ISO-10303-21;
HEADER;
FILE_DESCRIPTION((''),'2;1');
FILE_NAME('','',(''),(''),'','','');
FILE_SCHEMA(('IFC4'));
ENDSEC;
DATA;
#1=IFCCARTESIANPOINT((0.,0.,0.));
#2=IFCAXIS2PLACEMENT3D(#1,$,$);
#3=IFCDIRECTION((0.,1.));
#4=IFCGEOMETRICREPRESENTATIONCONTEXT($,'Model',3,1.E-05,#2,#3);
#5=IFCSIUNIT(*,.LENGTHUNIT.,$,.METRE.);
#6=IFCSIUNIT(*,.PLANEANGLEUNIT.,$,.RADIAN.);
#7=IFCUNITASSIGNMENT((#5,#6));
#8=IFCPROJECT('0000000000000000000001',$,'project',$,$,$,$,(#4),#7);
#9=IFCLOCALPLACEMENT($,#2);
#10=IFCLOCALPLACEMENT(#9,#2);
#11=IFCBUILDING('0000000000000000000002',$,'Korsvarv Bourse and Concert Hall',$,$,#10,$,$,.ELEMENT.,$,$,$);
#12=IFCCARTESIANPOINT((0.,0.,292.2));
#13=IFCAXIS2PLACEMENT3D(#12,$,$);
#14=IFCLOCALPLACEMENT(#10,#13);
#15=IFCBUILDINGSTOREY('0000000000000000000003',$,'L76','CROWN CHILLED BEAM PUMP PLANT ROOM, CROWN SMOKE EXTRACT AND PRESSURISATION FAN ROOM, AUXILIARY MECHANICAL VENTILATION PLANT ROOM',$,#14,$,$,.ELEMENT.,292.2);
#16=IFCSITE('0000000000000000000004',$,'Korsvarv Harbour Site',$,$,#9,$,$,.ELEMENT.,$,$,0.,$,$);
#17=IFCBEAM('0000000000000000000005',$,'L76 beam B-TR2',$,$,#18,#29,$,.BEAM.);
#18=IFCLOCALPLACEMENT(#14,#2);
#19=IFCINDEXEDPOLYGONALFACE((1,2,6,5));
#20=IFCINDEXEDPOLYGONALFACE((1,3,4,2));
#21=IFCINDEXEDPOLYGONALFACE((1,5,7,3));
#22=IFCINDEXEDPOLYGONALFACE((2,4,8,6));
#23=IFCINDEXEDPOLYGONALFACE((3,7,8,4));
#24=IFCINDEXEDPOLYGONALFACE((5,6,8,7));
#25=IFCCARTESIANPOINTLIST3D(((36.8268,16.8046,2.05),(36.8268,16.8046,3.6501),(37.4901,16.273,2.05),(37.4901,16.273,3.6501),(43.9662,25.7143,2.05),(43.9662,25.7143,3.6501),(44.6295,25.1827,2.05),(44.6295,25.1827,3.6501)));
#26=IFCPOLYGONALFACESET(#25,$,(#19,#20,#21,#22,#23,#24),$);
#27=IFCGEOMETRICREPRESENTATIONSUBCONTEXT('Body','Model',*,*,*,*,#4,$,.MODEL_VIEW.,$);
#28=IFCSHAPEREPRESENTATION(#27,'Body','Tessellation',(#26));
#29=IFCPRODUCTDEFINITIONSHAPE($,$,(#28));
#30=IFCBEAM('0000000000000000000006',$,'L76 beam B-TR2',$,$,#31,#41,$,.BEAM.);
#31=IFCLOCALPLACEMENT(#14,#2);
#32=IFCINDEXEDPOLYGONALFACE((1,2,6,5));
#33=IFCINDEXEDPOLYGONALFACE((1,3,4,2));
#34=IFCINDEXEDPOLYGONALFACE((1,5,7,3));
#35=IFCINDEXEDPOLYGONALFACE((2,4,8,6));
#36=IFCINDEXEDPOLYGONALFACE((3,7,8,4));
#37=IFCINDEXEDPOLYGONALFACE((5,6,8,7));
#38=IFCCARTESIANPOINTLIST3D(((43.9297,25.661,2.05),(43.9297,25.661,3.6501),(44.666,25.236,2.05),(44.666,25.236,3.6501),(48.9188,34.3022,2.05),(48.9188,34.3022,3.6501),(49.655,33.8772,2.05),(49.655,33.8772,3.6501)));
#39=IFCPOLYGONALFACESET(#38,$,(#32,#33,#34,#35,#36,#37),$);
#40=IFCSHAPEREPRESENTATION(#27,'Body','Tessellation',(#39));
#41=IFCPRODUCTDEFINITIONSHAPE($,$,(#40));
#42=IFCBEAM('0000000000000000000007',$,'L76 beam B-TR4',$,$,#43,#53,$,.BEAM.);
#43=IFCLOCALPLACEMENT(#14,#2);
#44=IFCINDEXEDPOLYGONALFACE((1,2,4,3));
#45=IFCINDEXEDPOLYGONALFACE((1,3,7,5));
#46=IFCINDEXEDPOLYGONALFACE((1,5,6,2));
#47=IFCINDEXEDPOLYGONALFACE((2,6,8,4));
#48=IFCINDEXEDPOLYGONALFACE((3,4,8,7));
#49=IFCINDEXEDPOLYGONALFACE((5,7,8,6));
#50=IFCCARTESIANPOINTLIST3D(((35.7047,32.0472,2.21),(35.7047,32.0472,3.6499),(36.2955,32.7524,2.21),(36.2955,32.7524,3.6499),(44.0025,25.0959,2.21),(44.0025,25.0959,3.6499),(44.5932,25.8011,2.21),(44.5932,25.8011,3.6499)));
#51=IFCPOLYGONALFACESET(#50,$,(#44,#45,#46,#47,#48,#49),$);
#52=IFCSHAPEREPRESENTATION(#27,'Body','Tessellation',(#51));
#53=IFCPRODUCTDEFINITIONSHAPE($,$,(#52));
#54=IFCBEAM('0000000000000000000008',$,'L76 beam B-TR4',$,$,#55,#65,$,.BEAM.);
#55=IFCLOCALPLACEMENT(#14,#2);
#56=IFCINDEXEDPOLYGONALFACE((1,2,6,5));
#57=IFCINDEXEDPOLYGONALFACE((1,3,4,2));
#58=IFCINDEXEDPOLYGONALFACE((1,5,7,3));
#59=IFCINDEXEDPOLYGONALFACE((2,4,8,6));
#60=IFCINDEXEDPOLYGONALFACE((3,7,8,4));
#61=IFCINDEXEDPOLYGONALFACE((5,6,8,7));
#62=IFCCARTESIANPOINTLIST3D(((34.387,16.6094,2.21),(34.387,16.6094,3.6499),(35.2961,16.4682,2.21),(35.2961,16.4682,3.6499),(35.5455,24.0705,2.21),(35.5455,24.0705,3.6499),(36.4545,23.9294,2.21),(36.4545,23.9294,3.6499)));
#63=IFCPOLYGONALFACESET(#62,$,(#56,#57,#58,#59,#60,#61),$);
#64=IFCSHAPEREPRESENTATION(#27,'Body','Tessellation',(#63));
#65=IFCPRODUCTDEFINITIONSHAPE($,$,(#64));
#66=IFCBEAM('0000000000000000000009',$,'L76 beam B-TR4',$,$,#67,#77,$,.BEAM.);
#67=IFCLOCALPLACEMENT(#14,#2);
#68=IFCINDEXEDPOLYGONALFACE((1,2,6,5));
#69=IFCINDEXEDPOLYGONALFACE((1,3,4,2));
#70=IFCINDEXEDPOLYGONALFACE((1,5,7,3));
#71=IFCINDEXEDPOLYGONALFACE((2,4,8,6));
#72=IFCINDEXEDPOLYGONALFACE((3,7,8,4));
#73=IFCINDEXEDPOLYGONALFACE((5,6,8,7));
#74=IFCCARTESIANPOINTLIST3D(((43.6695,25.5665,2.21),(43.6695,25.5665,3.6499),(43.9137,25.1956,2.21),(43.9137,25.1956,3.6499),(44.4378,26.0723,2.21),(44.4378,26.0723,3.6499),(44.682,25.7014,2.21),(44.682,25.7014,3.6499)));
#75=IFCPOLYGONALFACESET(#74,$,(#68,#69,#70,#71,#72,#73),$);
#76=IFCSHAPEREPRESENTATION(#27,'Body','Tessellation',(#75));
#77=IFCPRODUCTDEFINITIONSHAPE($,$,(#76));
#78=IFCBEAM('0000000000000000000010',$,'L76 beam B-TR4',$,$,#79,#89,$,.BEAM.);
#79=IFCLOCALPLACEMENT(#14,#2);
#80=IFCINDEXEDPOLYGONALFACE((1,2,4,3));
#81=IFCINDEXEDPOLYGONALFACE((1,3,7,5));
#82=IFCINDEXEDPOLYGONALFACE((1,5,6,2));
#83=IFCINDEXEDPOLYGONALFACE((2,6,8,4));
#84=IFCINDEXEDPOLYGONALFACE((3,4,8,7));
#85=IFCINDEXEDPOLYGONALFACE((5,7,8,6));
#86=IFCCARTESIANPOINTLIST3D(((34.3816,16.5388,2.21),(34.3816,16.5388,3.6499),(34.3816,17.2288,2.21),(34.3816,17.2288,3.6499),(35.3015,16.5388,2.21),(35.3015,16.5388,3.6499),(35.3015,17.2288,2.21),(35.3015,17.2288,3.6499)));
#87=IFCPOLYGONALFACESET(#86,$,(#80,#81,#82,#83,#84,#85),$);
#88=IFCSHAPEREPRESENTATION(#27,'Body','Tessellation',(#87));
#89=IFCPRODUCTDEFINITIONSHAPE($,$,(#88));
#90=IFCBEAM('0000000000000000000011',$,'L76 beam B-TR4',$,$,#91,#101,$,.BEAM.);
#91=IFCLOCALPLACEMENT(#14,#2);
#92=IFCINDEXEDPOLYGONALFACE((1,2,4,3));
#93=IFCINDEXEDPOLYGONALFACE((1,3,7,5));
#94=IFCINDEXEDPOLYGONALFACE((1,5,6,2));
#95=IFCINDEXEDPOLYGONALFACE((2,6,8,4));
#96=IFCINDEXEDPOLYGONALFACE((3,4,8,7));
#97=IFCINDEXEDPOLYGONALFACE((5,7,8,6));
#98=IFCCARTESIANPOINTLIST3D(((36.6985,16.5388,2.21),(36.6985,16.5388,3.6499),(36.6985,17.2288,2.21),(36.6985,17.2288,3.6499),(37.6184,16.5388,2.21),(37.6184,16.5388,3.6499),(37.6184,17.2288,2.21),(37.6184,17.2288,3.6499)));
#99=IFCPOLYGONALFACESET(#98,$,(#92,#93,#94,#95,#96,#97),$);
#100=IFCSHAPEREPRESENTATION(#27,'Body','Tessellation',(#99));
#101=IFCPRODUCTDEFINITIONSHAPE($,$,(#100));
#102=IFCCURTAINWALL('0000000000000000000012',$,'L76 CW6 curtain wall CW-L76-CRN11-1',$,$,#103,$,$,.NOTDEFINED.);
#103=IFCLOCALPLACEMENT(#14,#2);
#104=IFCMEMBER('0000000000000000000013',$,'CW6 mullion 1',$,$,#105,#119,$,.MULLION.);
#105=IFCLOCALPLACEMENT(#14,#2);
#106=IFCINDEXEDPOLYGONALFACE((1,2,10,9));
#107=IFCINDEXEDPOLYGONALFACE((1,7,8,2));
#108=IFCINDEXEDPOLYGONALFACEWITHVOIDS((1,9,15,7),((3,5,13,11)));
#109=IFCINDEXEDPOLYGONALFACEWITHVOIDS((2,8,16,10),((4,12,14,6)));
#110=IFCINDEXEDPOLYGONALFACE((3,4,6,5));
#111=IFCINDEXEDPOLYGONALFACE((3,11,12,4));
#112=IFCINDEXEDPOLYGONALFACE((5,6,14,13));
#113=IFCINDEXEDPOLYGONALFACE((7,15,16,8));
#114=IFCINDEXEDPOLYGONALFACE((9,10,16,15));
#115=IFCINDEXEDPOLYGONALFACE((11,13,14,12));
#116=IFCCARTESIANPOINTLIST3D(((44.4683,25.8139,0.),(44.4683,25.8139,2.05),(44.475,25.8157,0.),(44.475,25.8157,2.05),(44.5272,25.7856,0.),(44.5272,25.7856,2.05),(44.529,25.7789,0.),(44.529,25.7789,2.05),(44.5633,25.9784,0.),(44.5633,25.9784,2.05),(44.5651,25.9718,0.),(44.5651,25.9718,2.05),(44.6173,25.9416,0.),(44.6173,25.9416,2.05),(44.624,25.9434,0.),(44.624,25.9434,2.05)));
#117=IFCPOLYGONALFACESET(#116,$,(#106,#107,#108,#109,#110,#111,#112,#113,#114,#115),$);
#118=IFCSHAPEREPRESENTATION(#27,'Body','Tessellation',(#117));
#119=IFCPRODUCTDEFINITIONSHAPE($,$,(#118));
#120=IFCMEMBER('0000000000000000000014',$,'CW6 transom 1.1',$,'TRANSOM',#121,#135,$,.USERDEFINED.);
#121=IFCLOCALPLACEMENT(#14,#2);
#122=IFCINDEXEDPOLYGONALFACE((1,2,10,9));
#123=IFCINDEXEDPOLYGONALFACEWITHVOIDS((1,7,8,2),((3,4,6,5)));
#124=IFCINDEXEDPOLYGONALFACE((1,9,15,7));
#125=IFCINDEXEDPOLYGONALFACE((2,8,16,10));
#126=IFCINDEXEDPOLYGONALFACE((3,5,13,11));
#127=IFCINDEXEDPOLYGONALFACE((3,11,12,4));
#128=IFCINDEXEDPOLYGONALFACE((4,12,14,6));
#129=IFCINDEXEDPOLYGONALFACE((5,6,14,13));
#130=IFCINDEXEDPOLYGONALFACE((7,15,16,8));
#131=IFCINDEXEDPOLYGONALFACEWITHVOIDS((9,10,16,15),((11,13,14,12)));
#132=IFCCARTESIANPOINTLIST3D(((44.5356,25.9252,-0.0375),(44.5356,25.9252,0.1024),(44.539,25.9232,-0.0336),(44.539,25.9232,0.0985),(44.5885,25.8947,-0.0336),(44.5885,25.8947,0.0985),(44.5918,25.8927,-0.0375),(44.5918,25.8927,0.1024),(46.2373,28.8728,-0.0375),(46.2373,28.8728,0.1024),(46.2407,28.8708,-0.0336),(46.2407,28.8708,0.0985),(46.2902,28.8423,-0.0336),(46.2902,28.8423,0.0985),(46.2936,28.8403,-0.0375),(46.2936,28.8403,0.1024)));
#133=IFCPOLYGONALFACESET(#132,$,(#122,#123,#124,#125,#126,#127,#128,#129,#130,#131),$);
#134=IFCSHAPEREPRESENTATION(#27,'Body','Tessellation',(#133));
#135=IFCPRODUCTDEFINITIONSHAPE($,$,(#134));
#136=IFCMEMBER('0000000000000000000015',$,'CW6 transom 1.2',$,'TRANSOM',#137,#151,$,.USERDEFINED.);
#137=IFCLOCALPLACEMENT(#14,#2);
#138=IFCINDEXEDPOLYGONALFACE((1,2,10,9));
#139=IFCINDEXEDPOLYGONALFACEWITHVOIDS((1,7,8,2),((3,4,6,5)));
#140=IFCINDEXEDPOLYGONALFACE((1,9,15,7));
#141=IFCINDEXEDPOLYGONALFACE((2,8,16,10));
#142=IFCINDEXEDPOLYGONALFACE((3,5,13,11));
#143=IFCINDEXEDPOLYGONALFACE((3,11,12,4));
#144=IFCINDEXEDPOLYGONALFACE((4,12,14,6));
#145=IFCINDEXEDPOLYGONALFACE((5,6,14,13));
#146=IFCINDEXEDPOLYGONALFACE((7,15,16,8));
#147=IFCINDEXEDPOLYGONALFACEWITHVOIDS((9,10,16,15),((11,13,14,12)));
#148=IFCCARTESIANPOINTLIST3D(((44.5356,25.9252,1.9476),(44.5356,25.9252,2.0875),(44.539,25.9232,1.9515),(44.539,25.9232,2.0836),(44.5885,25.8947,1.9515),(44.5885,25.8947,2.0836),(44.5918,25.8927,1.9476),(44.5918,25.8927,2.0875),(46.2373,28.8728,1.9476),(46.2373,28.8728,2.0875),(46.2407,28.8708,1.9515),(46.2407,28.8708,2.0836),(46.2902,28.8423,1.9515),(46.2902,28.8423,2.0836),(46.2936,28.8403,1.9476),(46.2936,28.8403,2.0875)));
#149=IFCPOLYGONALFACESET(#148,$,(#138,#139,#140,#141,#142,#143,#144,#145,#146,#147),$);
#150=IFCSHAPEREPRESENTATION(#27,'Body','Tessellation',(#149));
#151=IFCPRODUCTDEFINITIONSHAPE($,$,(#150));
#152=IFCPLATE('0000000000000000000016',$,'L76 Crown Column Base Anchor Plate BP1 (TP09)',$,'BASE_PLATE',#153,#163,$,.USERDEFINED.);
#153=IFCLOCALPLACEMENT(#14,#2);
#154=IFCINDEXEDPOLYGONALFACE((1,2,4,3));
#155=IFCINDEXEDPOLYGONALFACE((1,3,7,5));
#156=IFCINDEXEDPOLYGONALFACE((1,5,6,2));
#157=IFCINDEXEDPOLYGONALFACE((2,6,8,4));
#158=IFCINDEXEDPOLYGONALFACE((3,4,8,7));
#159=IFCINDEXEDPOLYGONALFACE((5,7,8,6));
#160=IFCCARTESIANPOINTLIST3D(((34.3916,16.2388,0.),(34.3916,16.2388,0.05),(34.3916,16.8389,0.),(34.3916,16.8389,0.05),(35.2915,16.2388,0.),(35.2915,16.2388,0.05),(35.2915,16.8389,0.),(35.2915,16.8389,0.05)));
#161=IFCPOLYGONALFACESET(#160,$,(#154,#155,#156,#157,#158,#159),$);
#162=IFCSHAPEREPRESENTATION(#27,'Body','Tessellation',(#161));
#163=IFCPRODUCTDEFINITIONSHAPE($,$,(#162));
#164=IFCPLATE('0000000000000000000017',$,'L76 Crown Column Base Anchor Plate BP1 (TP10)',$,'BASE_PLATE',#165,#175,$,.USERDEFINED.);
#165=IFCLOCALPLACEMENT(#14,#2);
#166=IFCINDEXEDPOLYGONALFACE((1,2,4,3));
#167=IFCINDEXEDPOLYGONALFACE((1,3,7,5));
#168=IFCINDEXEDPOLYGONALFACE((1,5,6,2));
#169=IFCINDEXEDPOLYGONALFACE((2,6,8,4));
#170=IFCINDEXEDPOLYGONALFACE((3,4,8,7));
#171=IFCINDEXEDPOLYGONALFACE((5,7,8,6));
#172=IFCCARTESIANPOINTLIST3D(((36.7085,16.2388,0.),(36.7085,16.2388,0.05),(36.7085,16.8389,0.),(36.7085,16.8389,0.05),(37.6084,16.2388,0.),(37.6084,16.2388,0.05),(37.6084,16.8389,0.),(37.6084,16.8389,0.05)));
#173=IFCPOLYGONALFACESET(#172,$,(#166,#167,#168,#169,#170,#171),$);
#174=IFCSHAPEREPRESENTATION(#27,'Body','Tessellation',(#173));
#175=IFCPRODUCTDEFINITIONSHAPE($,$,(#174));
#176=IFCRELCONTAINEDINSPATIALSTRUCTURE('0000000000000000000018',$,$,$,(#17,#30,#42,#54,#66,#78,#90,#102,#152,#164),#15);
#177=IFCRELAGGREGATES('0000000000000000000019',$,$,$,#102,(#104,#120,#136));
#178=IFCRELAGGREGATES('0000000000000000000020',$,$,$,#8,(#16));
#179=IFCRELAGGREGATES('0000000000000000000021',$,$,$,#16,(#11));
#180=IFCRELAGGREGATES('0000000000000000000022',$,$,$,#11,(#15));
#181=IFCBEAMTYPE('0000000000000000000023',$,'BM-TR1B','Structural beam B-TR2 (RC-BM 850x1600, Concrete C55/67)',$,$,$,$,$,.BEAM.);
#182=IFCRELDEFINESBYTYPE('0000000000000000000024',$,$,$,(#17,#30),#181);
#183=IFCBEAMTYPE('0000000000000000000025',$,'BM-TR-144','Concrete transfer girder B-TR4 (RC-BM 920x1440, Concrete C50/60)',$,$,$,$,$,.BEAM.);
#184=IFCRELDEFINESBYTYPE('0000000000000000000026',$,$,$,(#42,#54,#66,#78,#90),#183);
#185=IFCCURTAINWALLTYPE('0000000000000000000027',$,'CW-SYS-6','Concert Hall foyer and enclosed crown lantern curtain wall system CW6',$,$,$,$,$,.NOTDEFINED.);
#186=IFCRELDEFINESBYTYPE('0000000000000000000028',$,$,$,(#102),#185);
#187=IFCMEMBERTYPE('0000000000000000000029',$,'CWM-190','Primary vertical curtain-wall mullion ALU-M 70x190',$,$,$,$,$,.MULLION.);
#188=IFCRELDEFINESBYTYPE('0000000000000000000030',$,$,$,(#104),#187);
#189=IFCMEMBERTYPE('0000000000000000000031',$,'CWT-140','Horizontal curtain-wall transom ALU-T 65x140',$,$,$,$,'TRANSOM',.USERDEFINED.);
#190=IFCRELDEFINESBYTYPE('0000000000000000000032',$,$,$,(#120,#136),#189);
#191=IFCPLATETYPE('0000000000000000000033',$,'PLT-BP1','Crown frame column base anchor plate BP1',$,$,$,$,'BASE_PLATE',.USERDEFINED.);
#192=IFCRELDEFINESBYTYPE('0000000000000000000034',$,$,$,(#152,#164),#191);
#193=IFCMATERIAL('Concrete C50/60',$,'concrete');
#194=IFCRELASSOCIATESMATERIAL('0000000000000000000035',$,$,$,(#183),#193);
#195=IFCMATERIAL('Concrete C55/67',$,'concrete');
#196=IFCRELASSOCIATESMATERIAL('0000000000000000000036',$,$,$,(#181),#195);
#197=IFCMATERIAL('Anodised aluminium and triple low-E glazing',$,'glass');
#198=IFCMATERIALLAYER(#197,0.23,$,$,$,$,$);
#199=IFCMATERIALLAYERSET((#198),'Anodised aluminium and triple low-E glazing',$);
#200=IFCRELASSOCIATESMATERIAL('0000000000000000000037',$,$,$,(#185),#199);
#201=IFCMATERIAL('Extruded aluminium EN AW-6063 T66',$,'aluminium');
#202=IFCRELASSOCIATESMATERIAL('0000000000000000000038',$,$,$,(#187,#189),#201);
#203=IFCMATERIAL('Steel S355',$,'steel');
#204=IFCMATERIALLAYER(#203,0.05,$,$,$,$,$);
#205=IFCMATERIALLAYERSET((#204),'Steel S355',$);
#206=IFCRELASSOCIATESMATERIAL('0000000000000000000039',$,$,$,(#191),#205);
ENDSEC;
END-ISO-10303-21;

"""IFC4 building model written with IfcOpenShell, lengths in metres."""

from ifc_helpers import new_model, si_unit, direction, frame, origin, origin_2d, place, context, subcontext, project, spatial, rectangle, hollow_rectangle, extrude, source, transform, mapped, material, layer, layer_set, material_profile, profile_set, type_object, element, aggregate, save


model = new_model("IFC4")

# Units and contexts
model_context = context("Model", 3, precision=1e-05, world=origin(), true_north=direction((0.0, 1.0)))
body_context = subcontext(model_context, "Body", "Model", "MODEL_VIEW")
ifc_project = project(units=[si_unit("LENGTHUNIT", "METRE"), si_unit("PLANEANGLEUNIT", "RADIAN")], contexts=[model_context])

# Site, building, storey
site_placement = place(None, origin())
site = spatial("IfcSite", under=ifc_project, at=site_placement, Name="Korsvarv Harbour Site", CompositionType="ELEMENT", RefElevation=0.0)
building_placement = place(site_placement, origin())
building = spatial("IfcBuilding", under=site, at=building_placement, Name="Korsvarv Bourse and Concert Hall", CompositionType="ELEMENT")
storey_placement = place(building_placement, frame((0.0, 0.0, 292.2)))
storey = spatial("IfcBuildingStorey", under=building, at=storey_placement, Name="L76", Description="CROWN CHILLED BEAM PUMP PLANT ROOM, CROWN SMOKE EXTRACT AND PRESSURISATION FAN ROOM, AUXILIARY MECHANICAL VENTILATION PLANT ROOM", CompositionType="ELEMENT", Elevation=292.2)

# Shared definitions
ifc_material_1 = material(Name="Steel S355", Category="steel")
ifc_material_2 = material(Name="Concrete C50/60", Category="concrete")

# Beams
ifc_material_profile_1 = material_profile(ifc_material_2, rectangle(XDim=0.9199, YDim=1.4399, at=origin_2d()), Name="RC-BM 920x1440")
ifc_profile_set_1 = profile_set([ifc_material_profile_1], Name="Concrete C50/60")
beam_type_1 = type_object("IfcBeamType", Name="BM-TR-144", Description="Concrete transfer girder B-TR4 (RC-BM 920x1440, Concrete C50/60)", PredefinedType="BEAM", material=ifc_profile_set_1)
ifc_material_3 = material(Name="Concrete C55/67", Category="concrete")
ifc_material_profile_2 = material_profile(ifc_material_3, rectangle(XDim=0.8501, YDim=1.6001, at=origin_2d()), Name="RC-BM 850x1600")
ifc_profile_set_2 = profile_set([ifc_material_profile_2], Name="Concrete C55/67")
beam_type_2 = type_object("IfcBeamType", Name="BM-TR1B", Description="Structural beam B-TR2 (RC-BM 850x1600, Concrete C55/67)", PredefinedType="BEAM", material=ifc_profile_set_2)
shared_shape_1 = source(origin(), body_context, "Body", "SweptSolid", [
    extrude(rectangle(XDim=0.8501, YDim=1.6001, at=origin_2d()), origin(), (0.0, 0.0, 1.0), 11.4172),
])
beam_1_placement = place(storey_placement, frame((37.1584, 16.5388, 2.8501), z_axis=(0.625318, 0.78037, 0.0), x_axis=(-0.78037, 0.625318, 0.0)))
element("IfcBeam", 1, at=beam_1_placement, inside=storey, type_object=beam_type_2, Name="L76 beam B-TR2", PredefinedType="BEAM", context=body_context, shape_type="MappedRepresentation", body=[
    mapped(shared_shape_1, transform((0.0, 0.0, 0.0), scale=1.0)),
])
shared_shape_2 = source(origin(), body_context, "Body", "SweptSolid", [
    extrude(rectangle(XDim=0.8501, YDim=1.6001, at=origin_2d()), origin(), (0.0, 0.0, 1.0), 9.978),
])
beam_2_placement = place(storey_placement, frame((44.2979, 25.4485, 2.8501), z_axis=(0.500005, 0.866023, 0.0), x_axis=(-0.866023, 0.500005, 0.0)))
element("IfcBeam", 2, at=beam_2_placement, inside=storey, type_object=beam_type_2, Name="L76 beam B-TR2", PredefinedType="BEAM", context=body_context, shape_type="MappedRepresentation", body=[
    mapped(shared_shape_2, transform((0.0, 0.0, 0.0), scale=1.0)),
])
shared_shape_3 = source(origin(), body_context, "Body", "SweptSolid", [
    extrude(rectangle(XDim=0.9199, YDim=1.4399, at=origin_2d()), origin(), (0.0, 0.0, 1.0), 10.8247),
])
beam_3_placement = place(storey_placement, frame((44.2979, 25.4485, 2.9299), z_axis=(-0.766559, 0.642174, 0.0), x_axis=(-0.642174, -0.766559, 0.0)))
element("IfcBeam", 3, at=beam_3_placement, inside=storey, type_object=beam_type_1, Name="L76 beam B-TR4", PredefinedType="BEAM", context=body_context, shape_type="MappedRepresentation", body=[
    mapped(shared_shape_3, transform((0.0, 0.0, 0.0), scale=1.0)),
])
shared_shape_4 = source(origin(), body_context, "Body", "SweptSolid", [
    extrude(rectangle(XDim=0.9199, YDim=1.4399, at=origin_2d()), origin(), (0.0, 0.0, 1.0), 7.5505),
])
beam_4_placement = place(storey_placement, frame((34.8416, 16.5388, 2.9299), z_axis=(0.153425, 0.98816, 0.0), x_axis=(-0.98816, 0.153425, 0.0)))
element("IfcBeam", 4, at=beam_4_placement, inside=storey, type_object=beam_type_1, Name="L76 beam B-TR4", PredefinedType="BEAM", context=body_context, shape_type="MappedRepresentation", body=[
    mapped(shared_shape_4, transform((0.0, 0.0, 0.0), scale=1.0)),
])
shared_shape_5 = source(origin(), body_context, "Body", "SweptSolid", [
    extrude(rectangle(XDim=0.9199, YDim=1.4399, at=origin_2d()), origin(), (0.0, 0.0, 1.0), 0.4441),
])
beam_5_placement = place(storey_placement, frame((44.2979, 25.4485, 2.9299), z_axis=(-0.549869, 0.835251, 0.0), x_axis=(-0.835251, -0.549869, 0.0)))
element("IfcBeam", 5, at=beam_5_placement, inside=storey, type_object=beam_type_1, Name="L76 beam B-TR4", PredefinedType="BEAM", context=body_context, shape_type="MappedRepresentation", body=[
    mapped(shared_shape_5, transform((0.0, 0.0, 0.0), scale=1.0)),
])
shared_shape_6 = source(origin(), body_context, "Body", "SweptSolid", [
    extrude(rectangle(XDim=0.9199, YDim=1.4399, at=origin_2d()), origin(), (0.0, 0.0, 1.0), 0.6899),
])
for number, where, z_axis, x_axis, name in (
    (6, (34.8416, 16.5388, 2.9299), (0.0, 1.0, 0.0), (-1.0, 0.0, 0.0), "L76 beam B-TR4"),
    (7, (37.1584, 16.5388, 2.9299), (0.0, 1.0, 0.0), (-1.0, 0.0, 0.0), "L76 beam B-TR4"),
):
    element("IfcBeam", number, at=place(storey_placement, frame(where, z_axis=z_axis, x_axis=x_axis)), inside=storey, type_object=beam_type_1, Name=name, PredefinedType="BEAM", context=body_context, shape_type="MappedRepresentation", body=[
        mapped(shared_shape_6, transform((0.0, 0.0, 0.0), scale=1.0)),
    ])

# Curtain wall, members
ifc_material_4 = material(Name="Anodised aluminium and triple low-E glazing", Category="glass")
ifc_layer_1 = layer(ifc_material_4, 0.23)
ifc_layer_set_1 = layer_set([ifc_layer_1], Name="Anodised aluminium and triple low-E glazing")
curtain_wall_type = type_object("IfcCurtainWallType", Name="CW-SYS-6", Description="Concert Hall foyer and enclosed crown lantern curtain wall system CW6", PredefinedType="NOTDEFINED", material=ifc_layer_set_1)
curtain_wall_placement = place(storey_placement, origin())
curtain_wall = element("IfcCurtainWall", 8, at=curtain_wall_placement, inside=storey, type_object=curtain_wall_type, Name="L76 CW6 curtain wall CW-L76-CRN11-1", PredefinedType="NOTDEFINED")
ifc_material_5 = material(Name="Extruded aluminium EN AW-6063 T66", Category="aluminium")
ifc_material_profile_3 = material_profile(ifc_material_5, hollow_rectangle(XDim=0.0701, YDim=0.1899, WallThickness=0.0049, at=origin_2d()), Name="ALU-M 70x190")
ifc_profile_set_3 = profile_set([ifc_material_profile_3], Name="Extruded aluminium EN AW-6063 T66")
member_type_1 = type_object("IfcMemberType", Name="CWM-190", Description="Primary vertical curtain-wall mullion ALU-M 70x190", PredefinedType="MULLION", material=ifc_profile_set_3)
shared_shape_7 = source(origin(), body_context, "Body", "SweptSolid", [
    extrude(hollow_rectangle(XDim=0.0701, YDim=0.1899, WallThickness=0.0049, at=origin_2d()), origin(), (0.0, 0.0, 1.0), 2.05),
])
member_1_placement = place(storey_placement, frame((44.5461, 25.8787, 0.0), z_axis=(0.0, 0.0, 1.0), x_axis=(-0.866027, 0.499997, 0.0)))
member_1 = element("IfcMember", 9, at=member_1_placement, type_object=member_type_1, Name="CW6 mullion 1", PredefinedType="MULLION", context=body_context, shape_type="MappedRepresentation", body=[
    mapped(shared_shape_7, transform((0.0, 0.0, 0.0), scale=1.0)),
])
ifc_material_profile_4 = material_profile(ifc_material_5, hollow_rectangle(XDim=0.0649, YDim=0.1399, WallThickness=0.0039, at=origin_2d()), Name="ALU-T 65x140")
ifc_profile_set_4 = profile_set([ifc_material_profile_4], Name="Extruded aluminium EN AW-6063 T66")
member_type_2 = type_object("IfcMemberType", Name="CWT-140", Description="Horizontal curtain-wall transom ALU-T 65x140", ElementType="TRANSOM", PredefinedType="USERDEFINED", material=ifc_profile_set_4)
shared_shape_8 = source(origin(), body_context, "Body", "SweptSolid", [
    extrude(hollow_rectangle(XDim=0.0649, YDim=0.1399, WallThickness=0.0039, at=origin_2d()), origin(), (0.0, 0.0, 1.0), 3.4036),
])
member_2_placement = place(storey_placement, frame((44.5637, 25.9089, 0.0325), z_axis=(0.499981, 0.866036, 0.0), x_axis=(-0.866036, 0.499981, 0.0)))
member_2 = element("IfcMember", 10, at=member_2_placement, type_object=member_type_2, Name="CW6 transom 1.1", ObjectType="TRANSOM", PredefinedType="USERDEFINED", context=body_context, shape_type="MappedRepresentation", body=[
    mapped(shared_shape_8, transform((0.0, 0.0, 0.0), scale=1.0)),
])
member_3_placement = place(storey_placement, frame((44.5637, 25.9089, 2.0176), z_axis=(0.499981, 0.866036, 0.0), x_axis=(-0.866036, 0.499981, 0.0)))
member_3 = element("IfcMember", 11, at=member_3_placement, type_object=member_type_2, Name="CW6 transom 1.2", ObjectType="TRANSOM", PredefinedType="USERDEFINED", context=body_context, shape_type="MappedRepresentation", body=[
    mapped(shared_shape_8, transform((0.0, 0.0, 0.0), scale=1.0)),
])
aggregate(curtain_wall, [member_1, member_2, member_3])

# Plates
ifc_layer_2 = layer(ifc_material_1, 0.05)
ifc_layer_set_2 = layer_set([ifc_layer_2], Name="Steel S355")
plate_type = type_object("IfcPlateType", Name="PLT-BP1", Description="Crown frame column base anchor plate BP1", ElementType="BASE_PLATE", PredefinedType="USERDEFINED", material=ifc_layer_set_2)
shared_shape_9 = source(origin(), body_context, "Body", "SweptSolid", [
    extrude(rectangle(XDim=0.8999, YDim=0.6001, at=origin_2d()), origin(), (0.0, 0.0, 1.0), 0.05),
])
for number, where, z_axis, x_axis, name in (
    (12, (34.8416, 16.5388, 0.0), (0.0, 0.0, 1.0), (1.0, 0.0, 0.0), "L76 Crown Column Base Anchor Plate BP1 (TP09)"),
    (13, (37.1584, 16.5388, 0.0), (0.0, 0.0, 1.0), (1.0, 0.0, 0.0), "L76 Crown Column Base Anchor Plate BP1 (TP10)"),
):
    element("IfcPlate", number, at=place(storey_placement, frame(where, z_axis=z_axis, x_axis=x_axis)), inside=storey, type_object=plate_type, Name=name, ObjectType="BASE_PLATE", PredefinedType="USERDEFINED", context=body_context, shape_type="MappedRepresentation", body=[
        mapped(shared_shape_9, transform((0.0, 0.0, 0.0), scale=1.0)),
    ])

save(model, "model.ifc")
